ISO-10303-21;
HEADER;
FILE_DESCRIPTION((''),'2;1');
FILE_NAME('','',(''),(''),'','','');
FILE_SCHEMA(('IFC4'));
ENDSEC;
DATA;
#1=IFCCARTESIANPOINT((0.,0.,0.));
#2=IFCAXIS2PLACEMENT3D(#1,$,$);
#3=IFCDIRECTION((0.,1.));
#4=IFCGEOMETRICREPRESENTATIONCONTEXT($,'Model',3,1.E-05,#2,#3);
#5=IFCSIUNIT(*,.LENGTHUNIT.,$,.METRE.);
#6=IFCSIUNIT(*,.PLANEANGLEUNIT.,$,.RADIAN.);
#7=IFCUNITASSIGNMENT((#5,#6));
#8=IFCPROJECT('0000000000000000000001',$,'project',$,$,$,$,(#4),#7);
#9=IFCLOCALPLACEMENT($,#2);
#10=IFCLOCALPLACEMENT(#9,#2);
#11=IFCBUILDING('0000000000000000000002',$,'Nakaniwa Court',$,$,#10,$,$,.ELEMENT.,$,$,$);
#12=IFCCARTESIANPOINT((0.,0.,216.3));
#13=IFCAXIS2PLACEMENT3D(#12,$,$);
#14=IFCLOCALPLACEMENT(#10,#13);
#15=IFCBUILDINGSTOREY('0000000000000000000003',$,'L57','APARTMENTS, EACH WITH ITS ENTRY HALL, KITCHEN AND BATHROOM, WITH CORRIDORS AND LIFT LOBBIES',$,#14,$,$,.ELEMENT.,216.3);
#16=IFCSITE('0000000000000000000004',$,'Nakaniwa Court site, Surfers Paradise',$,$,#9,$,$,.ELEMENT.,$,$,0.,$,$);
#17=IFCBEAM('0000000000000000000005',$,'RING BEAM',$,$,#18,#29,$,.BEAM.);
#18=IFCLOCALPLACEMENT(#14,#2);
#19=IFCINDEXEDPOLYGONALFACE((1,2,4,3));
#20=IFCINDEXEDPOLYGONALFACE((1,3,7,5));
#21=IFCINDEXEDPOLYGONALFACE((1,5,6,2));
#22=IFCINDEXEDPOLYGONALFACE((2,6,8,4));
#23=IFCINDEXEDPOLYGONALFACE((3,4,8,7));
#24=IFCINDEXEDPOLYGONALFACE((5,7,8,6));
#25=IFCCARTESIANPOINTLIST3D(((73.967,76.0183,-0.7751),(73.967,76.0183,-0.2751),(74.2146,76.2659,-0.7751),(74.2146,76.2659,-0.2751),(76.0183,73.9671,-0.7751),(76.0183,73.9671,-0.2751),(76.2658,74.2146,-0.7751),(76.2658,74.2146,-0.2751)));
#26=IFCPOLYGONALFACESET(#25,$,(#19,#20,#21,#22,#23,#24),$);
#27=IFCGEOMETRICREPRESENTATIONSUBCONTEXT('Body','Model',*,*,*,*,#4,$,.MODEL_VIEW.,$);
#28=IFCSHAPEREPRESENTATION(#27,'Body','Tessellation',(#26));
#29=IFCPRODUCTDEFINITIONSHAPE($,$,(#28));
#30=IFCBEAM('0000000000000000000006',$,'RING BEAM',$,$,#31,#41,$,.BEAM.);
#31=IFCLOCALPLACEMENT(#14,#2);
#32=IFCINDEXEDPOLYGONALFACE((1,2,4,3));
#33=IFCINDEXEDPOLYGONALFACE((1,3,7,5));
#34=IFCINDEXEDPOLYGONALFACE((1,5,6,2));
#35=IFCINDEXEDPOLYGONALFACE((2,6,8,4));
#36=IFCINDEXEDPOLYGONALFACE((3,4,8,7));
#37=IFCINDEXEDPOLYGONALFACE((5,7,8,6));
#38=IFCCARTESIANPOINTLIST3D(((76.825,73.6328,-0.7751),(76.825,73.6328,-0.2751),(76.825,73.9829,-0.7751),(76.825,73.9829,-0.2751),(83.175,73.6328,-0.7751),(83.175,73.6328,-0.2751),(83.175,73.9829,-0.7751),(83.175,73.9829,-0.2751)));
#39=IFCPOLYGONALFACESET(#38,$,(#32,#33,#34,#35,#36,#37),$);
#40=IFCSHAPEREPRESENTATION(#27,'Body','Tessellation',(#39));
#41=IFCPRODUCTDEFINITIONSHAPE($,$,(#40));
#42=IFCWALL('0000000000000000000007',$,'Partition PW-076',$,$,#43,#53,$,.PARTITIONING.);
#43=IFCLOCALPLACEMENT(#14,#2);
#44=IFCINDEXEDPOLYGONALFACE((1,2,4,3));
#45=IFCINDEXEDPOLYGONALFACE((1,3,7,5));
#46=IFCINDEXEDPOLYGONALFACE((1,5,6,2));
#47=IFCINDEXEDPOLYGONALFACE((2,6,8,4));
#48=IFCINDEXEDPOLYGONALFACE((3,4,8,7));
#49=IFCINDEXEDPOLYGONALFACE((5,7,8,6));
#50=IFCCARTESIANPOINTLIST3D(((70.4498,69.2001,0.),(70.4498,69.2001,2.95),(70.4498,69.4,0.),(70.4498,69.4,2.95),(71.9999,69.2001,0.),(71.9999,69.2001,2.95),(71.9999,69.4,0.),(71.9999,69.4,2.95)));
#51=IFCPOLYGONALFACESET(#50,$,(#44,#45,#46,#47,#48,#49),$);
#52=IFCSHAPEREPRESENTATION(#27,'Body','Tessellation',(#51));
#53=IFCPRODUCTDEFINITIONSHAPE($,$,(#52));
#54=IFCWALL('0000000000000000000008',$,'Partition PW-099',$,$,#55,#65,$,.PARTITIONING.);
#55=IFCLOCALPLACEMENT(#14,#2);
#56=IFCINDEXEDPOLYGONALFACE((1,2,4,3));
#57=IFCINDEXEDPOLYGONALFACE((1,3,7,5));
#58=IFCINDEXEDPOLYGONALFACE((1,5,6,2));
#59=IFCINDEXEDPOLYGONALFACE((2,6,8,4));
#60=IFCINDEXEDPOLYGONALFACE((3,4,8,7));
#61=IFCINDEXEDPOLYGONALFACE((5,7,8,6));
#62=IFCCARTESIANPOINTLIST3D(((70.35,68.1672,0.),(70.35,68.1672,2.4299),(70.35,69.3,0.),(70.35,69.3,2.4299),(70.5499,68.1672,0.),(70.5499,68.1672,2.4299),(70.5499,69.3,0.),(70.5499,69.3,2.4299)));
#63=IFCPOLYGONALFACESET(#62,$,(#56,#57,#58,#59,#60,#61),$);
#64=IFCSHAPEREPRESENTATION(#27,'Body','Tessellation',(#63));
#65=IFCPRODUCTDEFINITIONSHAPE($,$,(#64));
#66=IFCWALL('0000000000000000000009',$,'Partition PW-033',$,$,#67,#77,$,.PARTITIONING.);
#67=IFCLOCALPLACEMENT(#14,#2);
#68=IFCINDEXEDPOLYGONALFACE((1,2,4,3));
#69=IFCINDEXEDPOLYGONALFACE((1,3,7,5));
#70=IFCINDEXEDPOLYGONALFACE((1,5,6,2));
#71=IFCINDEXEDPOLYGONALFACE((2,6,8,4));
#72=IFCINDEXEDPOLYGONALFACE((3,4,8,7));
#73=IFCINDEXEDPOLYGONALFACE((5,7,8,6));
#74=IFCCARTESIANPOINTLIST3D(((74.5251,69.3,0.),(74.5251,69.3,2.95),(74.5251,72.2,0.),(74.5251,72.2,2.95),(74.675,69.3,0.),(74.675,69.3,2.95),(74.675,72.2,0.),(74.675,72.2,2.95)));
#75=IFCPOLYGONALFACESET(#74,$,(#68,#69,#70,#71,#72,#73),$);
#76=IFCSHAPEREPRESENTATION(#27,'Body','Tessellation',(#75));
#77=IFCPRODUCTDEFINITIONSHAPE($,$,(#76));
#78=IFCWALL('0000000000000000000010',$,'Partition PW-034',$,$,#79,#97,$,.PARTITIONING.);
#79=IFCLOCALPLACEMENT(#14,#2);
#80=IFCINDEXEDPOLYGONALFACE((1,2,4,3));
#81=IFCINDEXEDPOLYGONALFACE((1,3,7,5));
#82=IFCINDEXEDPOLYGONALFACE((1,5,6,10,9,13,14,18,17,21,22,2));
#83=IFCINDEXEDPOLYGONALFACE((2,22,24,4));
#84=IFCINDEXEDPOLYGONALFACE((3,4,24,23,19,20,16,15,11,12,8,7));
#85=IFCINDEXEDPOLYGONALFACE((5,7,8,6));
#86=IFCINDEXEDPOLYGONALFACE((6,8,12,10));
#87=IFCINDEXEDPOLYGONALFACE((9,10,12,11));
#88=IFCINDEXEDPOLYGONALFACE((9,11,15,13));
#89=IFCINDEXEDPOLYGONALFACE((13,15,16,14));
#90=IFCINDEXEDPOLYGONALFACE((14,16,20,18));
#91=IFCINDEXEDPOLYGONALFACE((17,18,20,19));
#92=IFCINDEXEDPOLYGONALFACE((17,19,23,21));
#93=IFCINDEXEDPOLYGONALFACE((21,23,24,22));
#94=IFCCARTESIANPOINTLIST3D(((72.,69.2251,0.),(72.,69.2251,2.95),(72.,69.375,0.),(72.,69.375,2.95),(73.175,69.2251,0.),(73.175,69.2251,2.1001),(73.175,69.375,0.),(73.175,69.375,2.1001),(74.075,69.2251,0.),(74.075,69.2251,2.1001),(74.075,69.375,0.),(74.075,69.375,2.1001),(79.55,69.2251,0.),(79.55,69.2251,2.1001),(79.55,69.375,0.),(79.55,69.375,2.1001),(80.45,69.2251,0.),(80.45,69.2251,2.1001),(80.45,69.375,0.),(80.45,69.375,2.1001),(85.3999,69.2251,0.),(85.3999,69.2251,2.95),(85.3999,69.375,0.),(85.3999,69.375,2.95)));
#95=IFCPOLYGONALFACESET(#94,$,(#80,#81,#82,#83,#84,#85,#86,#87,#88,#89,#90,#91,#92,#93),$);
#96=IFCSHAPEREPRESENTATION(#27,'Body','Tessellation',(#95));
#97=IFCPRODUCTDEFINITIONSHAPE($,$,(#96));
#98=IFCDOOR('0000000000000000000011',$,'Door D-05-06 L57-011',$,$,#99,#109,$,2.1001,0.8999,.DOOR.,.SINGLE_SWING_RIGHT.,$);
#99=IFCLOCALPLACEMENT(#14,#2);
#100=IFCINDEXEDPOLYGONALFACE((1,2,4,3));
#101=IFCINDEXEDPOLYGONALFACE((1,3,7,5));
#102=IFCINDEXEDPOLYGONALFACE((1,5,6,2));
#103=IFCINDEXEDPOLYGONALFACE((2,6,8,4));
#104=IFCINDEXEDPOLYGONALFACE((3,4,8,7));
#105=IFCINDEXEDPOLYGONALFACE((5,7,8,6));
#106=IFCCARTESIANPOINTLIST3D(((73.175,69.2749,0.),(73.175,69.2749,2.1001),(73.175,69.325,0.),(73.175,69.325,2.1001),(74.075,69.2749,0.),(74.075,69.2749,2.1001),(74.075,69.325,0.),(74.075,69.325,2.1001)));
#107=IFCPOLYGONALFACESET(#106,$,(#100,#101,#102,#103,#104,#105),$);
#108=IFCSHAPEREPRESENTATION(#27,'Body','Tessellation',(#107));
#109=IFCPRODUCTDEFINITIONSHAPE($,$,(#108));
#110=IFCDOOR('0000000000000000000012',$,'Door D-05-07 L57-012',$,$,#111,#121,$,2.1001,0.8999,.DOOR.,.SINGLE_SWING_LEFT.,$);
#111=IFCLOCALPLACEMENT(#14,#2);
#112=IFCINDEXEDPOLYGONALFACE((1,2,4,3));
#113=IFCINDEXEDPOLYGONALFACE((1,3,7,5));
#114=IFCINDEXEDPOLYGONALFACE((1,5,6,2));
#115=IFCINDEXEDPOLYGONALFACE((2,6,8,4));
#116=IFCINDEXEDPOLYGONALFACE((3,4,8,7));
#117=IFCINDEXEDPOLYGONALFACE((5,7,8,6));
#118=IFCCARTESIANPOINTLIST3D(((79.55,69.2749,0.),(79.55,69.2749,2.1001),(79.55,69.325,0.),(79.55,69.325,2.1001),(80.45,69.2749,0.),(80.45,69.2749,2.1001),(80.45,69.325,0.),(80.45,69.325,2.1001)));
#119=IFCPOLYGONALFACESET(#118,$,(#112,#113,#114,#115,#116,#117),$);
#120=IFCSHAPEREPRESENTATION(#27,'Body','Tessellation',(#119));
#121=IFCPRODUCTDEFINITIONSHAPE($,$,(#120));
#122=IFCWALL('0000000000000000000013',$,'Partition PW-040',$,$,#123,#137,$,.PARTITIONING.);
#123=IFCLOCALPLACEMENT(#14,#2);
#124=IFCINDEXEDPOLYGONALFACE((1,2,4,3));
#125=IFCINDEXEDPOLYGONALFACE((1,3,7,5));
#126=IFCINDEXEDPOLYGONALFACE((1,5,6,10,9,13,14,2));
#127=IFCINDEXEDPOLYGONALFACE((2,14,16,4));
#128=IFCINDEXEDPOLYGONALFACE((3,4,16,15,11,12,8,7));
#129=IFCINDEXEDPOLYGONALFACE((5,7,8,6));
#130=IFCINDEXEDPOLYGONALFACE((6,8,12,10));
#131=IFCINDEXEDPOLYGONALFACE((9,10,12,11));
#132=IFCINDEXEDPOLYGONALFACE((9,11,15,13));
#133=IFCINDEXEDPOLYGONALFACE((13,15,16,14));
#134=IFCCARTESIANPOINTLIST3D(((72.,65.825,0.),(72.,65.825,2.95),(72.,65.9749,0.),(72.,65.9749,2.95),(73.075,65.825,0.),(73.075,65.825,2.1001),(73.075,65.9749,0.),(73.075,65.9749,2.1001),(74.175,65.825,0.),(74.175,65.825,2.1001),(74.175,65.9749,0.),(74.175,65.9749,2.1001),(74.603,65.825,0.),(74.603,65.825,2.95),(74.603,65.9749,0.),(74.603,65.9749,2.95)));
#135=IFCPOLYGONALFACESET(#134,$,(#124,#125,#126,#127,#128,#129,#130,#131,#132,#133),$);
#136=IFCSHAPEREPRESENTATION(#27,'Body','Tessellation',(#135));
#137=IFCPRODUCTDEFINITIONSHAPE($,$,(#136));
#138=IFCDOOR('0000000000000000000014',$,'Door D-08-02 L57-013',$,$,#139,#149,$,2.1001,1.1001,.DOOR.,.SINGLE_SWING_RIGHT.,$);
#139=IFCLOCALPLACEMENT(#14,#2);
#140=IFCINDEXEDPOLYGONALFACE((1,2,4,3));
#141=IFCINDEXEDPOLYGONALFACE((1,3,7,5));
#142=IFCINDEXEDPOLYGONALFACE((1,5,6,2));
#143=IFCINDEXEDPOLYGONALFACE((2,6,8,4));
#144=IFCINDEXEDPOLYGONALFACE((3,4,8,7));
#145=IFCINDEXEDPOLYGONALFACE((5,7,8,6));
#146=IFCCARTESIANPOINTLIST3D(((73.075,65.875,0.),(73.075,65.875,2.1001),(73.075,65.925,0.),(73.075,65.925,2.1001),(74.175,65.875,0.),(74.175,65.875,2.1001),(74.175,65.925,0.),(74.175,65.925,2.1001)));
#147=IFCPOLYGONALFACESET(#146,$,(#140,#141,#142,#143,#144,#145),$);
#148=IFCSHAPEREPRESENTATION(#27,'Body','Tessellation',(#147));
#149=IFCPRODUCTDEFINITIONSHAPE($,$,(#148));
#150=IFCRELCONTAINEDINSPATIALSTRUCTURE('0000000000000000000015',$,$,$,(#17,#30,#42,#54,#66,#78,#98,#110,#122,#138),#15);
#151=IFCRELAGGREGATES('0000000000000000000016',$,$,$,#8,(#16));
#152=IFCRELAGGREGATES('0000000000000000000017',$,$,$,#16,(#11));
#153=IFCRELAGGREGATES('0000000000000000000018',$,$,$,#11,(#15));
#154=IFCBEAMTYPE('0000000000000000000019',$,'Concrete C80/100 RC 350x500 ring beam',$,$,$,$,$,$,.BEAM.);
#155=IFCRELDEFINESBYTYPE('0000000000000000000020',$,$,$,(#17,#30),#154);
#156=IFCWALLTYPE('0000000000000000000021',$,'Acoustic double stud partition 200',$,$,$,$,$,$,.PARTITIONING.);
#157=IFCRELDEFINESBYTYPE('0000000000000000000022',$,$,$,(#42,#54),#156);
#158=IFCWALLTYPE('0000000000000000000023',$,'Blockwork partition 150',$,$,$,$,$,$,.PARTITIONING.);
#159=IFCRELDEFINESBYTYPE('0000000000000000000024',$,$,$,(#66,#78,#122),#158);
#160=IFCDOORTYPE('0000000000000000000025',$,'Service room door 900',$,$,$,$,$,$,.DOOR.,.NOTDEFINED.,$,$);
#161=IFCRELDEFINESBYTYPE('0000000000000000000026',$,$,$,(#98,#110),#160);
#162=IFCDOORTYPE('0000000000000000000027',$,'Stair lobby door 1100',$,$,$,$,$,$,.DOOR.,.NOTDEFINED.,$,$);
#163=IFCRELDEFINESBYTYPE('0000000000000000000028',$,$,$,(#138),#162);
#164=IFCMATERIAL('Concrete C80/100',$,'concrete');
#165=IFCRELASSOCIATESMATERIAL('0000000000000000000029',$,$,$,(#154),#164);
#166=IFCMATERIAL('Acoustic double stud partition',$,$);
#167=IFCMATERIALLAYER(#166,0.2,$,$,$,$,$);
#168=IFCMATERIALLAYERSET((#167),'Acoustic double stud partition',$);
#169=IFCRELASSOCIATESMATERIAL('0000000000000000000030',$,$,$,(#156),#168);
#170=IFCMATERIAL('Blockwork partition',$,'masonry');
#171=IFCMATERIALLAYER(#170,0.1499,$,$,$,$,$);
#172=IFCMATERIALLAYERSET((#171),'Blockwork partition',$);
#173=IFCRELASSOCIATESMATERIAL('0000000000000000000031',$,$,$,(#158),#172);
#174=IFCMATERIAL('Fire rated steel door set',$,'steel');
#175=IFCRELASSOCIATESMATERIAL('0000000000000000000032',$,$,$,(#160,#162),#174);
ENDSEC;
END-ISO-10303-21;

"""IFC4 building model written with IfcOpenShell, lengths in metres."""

from ifc_helpers import new_model, si_unit, direction, frame, frame_2d, origin, origin_2d, place, context, subcontext, project, spatial, rectangle, extrude, material, layer, layer_set, material_profile, profile_set, type_object, element, fill, save


model = new_model("IFC4")

# Units and contexts
model_context = context("Model", 3, precision=1e-05, world=origin(), true_north=direction((0.0, 1.0)))
body_context = subcontext(model_context, "Body", "Model", "MODEL_VIEW")
ifc_project = project(units=[si_unit("LENGTHUNIT", "METRE"), si_unit("PLANEANGLEUNIT", "RADIAN")], contexts=[model_context])

# Site, building, storey
site_placement = place(None, origin())
site = spatial("IfcSite", under=ifc_project, at=site_placement, Name="Nakaniwa Court site, Surfers Paradise", CompositionType="ELEMENT", RefElevation=0.0)
building_placement = place(site_placement, origin())
building = spatial("IfcBuilding", under=site, at=building_placement, Name="Nakaniwa Court", CompositionType="ELEMENT")
storey_placement = place(building_placement, frame((0.0, 0.0, 216.3)))
storey = spatial("IfcBuildingStorey", under=building, at=storey_placement, Name="L57", Description="APARTMENTS, EACH WITH ITS ENTRY HALL, KITCHEN AND BATHROOM, WITH CORRIDORS AND LIFT LOBBIES", CompositionType="ELEMENT", Elevation=216.3)

# Shared definitions
ifc_material_1 = material(Name="Concrete C80/100", Category="concrete")

# Beams
ifc_material_profile_1 = material_profile(ifc_material_1, rectangle(XDim=0.3501, YDim=0.5, at=origin_2d()), Name="Concrete C80/100 RC 350x500 ring beam")
ifc_profile_set_1 = profile_set([ifc_material_profile_1], Name="Concrete C80/100")
beam_type = type_object("IfcBeamType", Name="Concrete C80/100 RC 350x500 ring beam", PredefinedType="BEAM", material=ifc_profile_set_1)
beam_1_placement = place(storey_placement, frame((74.0908, 76.1421, -0.5251), z_axis=(0.707107, -0.707107, 0.0), x_axis=(0.707107, 0.707107, 0.0)))
element("IfcBeam", 1, at=beam_1_placement, inside=storey, type_object=beam_type, Name="RING BEAM", PredefinedType="BEAM", context=body_context, shape_type="SweptSolid", body=[
    extrude(rectangle(XDim=0.3501, YDim=0.5, at=origin_2d()), origin(), (0.0, 0.0, 1.0), 2.9009),
])
beam_2_placement = place(storey_placement, frame((76.825, 73.8079, -0.5251), z_axis=(1.0, 0.0, 0.0), x_axis=(0.0, 1.0, 0.0)))
element("IfcBeam", 2, at=beam_2_placement, inside=storey, type_object=beam_type, Name="RING BEAM", PredefinedType="BEAM", context=body_context, shape_type="SweptSolid", body=[
    extrude(rectangle(XDim=0.3501, YDim=0.5, at=origin_2d()), origin(), (0.0, 0.0, 1.0), 6.3501),
])

# Walls
ifc_material_2 = material(Name="Acoustic double stud partition")
ifc_layer_1 = layer(ifc_material_2, 0.2)
ifc_layer_set_1 = layer_set([ifc_layer_1], Name="Acoustic double stud partition")
wall_type_1 = type_object("IfcWallType", Name="Acoustic double stud partition 200", PredefinedType="PARTITIONING", material=ifc_layer_set_1)
wall_1_placement = place(storey_placement, frame((70.45, 69.3, 0.0), z_axis=(0.0, 0.0, 1.0), x_axis=(1.0, 0.0, 0.0)))
element("IfcWall", 3, at=wall_1_placement, inside=storey, type_object=wall_type_1, Name="Partition PW-076", PredefinedType="PARTITIONING", context=body_context, shape_type="SweptSolid", body=[
    extrude(rectangle(XDim=1.55, YDim=0.2, at=frame_2d((0.7749, 0.0))), origin(), (0.0, 0.0, 1.0), 2.95),
])
wall_2_placement = place(storey_placement, frame((70.45, 68.1672, 0.0), z_axis=(0.0, 0.0, 1.0), x_axis=(0.0, 1.0, 0.0)))
element("IfcWall", 4, at=wall_2_placement, inside=storey, type_object=wall_type_1, Name="Partition PW-099", PredefinedType="PARTITIONING", context=body_context, shape_type="SweptSolid", body=[
    extrude(rectangle(XDim=1.1328, YDim=0.2, at=frame_2d((0.5664, 0.0))), origin(), (0.0, 0.0, 1.0), 2.4299),
])
ifc_material_3 = material(Name="Blockwork partition", Category="masonry")
ifc_layer_2 = layer(ifc_material_3, 0.1499)
ifc_layer_set_2 = layer_set([ifc_layer_2], Name="Blockwork partition")
wall_type_2 = type_object("IfcWallType", Name="Blockwork partition 150", PredefinedType="PARTITIONING", material=ifc_layer_set_2)
wall_3_placement = place(storey_placement, frame((74.6001, 69.3, 0.0), z_axis=(0.0, 0.0, 1.0), x_axis=(0.0, 1.0, 0.0)))
element("IfcWall", 5, at=wall_3_placement, inside=storey, type_object=wall_type_2, Name="Partition PW-033", PredefinedType="PARTITIONING", context=body_context, shape_type="SweptSolid", body=[
    extrude(rectangle(XDim=2.8999, YDim=0.1499, at=frame_2d((1.45, 0.0))), origin(), (0.0, 0.0, 1.0), 2.95),
])

# Wall, openings, doors
wall_4_placement = place(storey_placement, frame((72.0, 69.3, 0.0), z_axis=(0.0, 0.0, 1.0), x_axis=(1.0, 0.0, 0.0)))
wall_4 = element("IfcWall", 6, at=wall_4_placement, inside=storey, type_object=wall_type_2, Name="Partition PW-034", PredefinedType="PARTITIONING", context=body_context, shape_type="SweptSolid", body=[
    extrude(rectangle(XDim=13.3999, YDim=0.1499, at=frame_2d((6.7, 0.0))), origin(), (0.0, 0.0, 1.0), 2.95),
])
opening_1_placement = place(wall_4_placement, frame((1.175, 0.0, 0.0)))
opening_1 = element("IfcOpeningElement", 7, at=opening_1_placement, cuts=wall_4, PredefinedType="OPENING", context=body_context, shape_type="SweptSolid", body=[
    extrude(rectangle(XDim=0.8999, YDim=2.1001, at=frame_2d((0.45, 1.05))), frame((0.0, 0.085, 0.0), z_axis=(0.0, -1.0, 0.0), x_axis=(1.0, 0.0, 0.0)), (0.0, 0.0, 1.0), 0.1699),
])
opening_2_placement = place(wall_4_placement, frame((7.55, 0.0, 0.0)))
opening_2 = element("IfcOpeningElement", 8, at=opening_2_placement, cuts=wall_4, PredefinedType="OPENING", context=body_context, shape_type="SweptSolid", body=[
    extrude(rectangle(XDim=0.8999, YDim=2.1001, at=frame_2d((0.45, 1.05))), frame((0.0, 0.085, 0.0), z_axis=(0.0, -1.0, 0.0), x_axis=(1.0, 0.0, 0.0)), (0.0, 0.0, 1.0), 0.1699),
])
ifc_material_4 = material(Name="Fire rated steel door set", Category="steel")
door_type_1 = type_object("IfcDoorType", Name="Service room door 900", OperationType="NOTDEFINED", PredefinedType="DOOR", material=ifc_material_4)
door_1_placement = place(opening_1_placement, origin())
door_1 = element("IfcDoor", 9, at=door_1_placement, inside=storey, type_object=door_type_1, Name="Door D-05-06 L57-011", OperationType="SINGLE_SWING_RIGHT", OverallHeight=2.1001, OverallWidth=0.8999, PredefinedType="DOOR", context=body_context, shape_type="SweptSolid", body=[
    extrude(rectangle(XDim=0.8999, YDim=2.1001, at=frame_2d((0.45, 1.05))), frame((0.0, 0.0249, 0.0), z_axis=(0.0, -1.0, 0.0), x_axis=(1.0, 0.0, 0.0)), (0.0, 0.0, 1.0), 0.05),
])
fill(opening_1, door_1)
door_2_placement = place(opening_2_placement, origin())
door_2 = element("IfcDoor", 10, at=door_2_placement, inside=storey, type_object=door_type_1, Name="Door D-05-07 L57-012", OperationType="SINGLE_SWING_LEFT", OverallHeight=2.1001, OverallWidth=0.8999, PredefinedType="DOOR", context=body_context, shape_type="SweptSolid", body=[
    extrude(rectangle(XDim=0.8999, YDim=2.1001, at=frame_2d((0.45, 1.05))), frame((0.0, 0.0249, 0.0), z_axis=(0.0, -1.0, 0.0), x_axis=(1.0, 0.0, 0.0)), (0.0, 0.0, 1.0), 0.05),
])
fill(opening_2, door_2)

# Wall, opening, door
wall_5_placement = place(storey_placement, frame((74.603, 65.8999, 0.0), z_axis=(0.0, 0.0, 1.0), x_axis=(-1.0, 0.0, 0.0)))
wall_5 = element("IfcWall", 11, at=wall_5_placement, inside=storey, type_object=wall_type_2, Name="Partition PW-040", PredefinedType="PARTITIONING", context=body_context, shape_type="SweptSolid", body=[
    extrude(rectangle(XDim=2.603, YDim=0.1499, at=frame_2d((1.3015, 0.0))), origin(), (0.0, 0.0, 1.0), 2.95),
])
opening_3_placement = place(wall_5_placement, frame((0.428, 0.0, 0.0)))
opening_3 = element("IfcOpeningElement", 12, at=opening_3_placement, cuts=wall_5, PredefinedType="OPENING", context=body_context, shape_type="SweptSolid", body=[
    extrude(rectangle(XDim=1.1001, YDim=2.1001, at=frame_2d((0.55, 1.05))), frame((0.0, 0.085, 0.0), z_axis=(0.0, -1.0, 0.0), x_axis=(1.0, 0.0, 0.0)), (0.0, 0.0, 1.0), 0.1699),
])
door_type_2 = type_object("IfcDoorType", Name="Stair lobby door 1100", OperationType="NOTDEFINED", PredefinedType="DOOR", material=ifc_material_4)
door_3_placement = place(opening_3_placement, origin())
door_3 = element("IfcDoor", 13, at=door_3_placement, inside=storey, type_object=door_type_2, Name="Door D-08-02 L57-013", OperationType="SINGLE_SWING_RIGHT", OverallHeight=2.1001, OverallWidth=1.1001, PredefinedType="DOOR", context=body_context, shape_type="SweptSolid", body=[
    extrude(rectangle(XDim=1.1001, YDim=2.1001, at=frame_2d((0.55, 1.05))), frame((0.0, 0.0249, 0.0), z_axis=(0.0, -1.0, 0.0), x_axis=(1.0, 0.0, 0.0)), (0.0, 0.0, 1.0), 0.05),
])
fill(opening_3, door_3)

save(model, "model.ifc")
